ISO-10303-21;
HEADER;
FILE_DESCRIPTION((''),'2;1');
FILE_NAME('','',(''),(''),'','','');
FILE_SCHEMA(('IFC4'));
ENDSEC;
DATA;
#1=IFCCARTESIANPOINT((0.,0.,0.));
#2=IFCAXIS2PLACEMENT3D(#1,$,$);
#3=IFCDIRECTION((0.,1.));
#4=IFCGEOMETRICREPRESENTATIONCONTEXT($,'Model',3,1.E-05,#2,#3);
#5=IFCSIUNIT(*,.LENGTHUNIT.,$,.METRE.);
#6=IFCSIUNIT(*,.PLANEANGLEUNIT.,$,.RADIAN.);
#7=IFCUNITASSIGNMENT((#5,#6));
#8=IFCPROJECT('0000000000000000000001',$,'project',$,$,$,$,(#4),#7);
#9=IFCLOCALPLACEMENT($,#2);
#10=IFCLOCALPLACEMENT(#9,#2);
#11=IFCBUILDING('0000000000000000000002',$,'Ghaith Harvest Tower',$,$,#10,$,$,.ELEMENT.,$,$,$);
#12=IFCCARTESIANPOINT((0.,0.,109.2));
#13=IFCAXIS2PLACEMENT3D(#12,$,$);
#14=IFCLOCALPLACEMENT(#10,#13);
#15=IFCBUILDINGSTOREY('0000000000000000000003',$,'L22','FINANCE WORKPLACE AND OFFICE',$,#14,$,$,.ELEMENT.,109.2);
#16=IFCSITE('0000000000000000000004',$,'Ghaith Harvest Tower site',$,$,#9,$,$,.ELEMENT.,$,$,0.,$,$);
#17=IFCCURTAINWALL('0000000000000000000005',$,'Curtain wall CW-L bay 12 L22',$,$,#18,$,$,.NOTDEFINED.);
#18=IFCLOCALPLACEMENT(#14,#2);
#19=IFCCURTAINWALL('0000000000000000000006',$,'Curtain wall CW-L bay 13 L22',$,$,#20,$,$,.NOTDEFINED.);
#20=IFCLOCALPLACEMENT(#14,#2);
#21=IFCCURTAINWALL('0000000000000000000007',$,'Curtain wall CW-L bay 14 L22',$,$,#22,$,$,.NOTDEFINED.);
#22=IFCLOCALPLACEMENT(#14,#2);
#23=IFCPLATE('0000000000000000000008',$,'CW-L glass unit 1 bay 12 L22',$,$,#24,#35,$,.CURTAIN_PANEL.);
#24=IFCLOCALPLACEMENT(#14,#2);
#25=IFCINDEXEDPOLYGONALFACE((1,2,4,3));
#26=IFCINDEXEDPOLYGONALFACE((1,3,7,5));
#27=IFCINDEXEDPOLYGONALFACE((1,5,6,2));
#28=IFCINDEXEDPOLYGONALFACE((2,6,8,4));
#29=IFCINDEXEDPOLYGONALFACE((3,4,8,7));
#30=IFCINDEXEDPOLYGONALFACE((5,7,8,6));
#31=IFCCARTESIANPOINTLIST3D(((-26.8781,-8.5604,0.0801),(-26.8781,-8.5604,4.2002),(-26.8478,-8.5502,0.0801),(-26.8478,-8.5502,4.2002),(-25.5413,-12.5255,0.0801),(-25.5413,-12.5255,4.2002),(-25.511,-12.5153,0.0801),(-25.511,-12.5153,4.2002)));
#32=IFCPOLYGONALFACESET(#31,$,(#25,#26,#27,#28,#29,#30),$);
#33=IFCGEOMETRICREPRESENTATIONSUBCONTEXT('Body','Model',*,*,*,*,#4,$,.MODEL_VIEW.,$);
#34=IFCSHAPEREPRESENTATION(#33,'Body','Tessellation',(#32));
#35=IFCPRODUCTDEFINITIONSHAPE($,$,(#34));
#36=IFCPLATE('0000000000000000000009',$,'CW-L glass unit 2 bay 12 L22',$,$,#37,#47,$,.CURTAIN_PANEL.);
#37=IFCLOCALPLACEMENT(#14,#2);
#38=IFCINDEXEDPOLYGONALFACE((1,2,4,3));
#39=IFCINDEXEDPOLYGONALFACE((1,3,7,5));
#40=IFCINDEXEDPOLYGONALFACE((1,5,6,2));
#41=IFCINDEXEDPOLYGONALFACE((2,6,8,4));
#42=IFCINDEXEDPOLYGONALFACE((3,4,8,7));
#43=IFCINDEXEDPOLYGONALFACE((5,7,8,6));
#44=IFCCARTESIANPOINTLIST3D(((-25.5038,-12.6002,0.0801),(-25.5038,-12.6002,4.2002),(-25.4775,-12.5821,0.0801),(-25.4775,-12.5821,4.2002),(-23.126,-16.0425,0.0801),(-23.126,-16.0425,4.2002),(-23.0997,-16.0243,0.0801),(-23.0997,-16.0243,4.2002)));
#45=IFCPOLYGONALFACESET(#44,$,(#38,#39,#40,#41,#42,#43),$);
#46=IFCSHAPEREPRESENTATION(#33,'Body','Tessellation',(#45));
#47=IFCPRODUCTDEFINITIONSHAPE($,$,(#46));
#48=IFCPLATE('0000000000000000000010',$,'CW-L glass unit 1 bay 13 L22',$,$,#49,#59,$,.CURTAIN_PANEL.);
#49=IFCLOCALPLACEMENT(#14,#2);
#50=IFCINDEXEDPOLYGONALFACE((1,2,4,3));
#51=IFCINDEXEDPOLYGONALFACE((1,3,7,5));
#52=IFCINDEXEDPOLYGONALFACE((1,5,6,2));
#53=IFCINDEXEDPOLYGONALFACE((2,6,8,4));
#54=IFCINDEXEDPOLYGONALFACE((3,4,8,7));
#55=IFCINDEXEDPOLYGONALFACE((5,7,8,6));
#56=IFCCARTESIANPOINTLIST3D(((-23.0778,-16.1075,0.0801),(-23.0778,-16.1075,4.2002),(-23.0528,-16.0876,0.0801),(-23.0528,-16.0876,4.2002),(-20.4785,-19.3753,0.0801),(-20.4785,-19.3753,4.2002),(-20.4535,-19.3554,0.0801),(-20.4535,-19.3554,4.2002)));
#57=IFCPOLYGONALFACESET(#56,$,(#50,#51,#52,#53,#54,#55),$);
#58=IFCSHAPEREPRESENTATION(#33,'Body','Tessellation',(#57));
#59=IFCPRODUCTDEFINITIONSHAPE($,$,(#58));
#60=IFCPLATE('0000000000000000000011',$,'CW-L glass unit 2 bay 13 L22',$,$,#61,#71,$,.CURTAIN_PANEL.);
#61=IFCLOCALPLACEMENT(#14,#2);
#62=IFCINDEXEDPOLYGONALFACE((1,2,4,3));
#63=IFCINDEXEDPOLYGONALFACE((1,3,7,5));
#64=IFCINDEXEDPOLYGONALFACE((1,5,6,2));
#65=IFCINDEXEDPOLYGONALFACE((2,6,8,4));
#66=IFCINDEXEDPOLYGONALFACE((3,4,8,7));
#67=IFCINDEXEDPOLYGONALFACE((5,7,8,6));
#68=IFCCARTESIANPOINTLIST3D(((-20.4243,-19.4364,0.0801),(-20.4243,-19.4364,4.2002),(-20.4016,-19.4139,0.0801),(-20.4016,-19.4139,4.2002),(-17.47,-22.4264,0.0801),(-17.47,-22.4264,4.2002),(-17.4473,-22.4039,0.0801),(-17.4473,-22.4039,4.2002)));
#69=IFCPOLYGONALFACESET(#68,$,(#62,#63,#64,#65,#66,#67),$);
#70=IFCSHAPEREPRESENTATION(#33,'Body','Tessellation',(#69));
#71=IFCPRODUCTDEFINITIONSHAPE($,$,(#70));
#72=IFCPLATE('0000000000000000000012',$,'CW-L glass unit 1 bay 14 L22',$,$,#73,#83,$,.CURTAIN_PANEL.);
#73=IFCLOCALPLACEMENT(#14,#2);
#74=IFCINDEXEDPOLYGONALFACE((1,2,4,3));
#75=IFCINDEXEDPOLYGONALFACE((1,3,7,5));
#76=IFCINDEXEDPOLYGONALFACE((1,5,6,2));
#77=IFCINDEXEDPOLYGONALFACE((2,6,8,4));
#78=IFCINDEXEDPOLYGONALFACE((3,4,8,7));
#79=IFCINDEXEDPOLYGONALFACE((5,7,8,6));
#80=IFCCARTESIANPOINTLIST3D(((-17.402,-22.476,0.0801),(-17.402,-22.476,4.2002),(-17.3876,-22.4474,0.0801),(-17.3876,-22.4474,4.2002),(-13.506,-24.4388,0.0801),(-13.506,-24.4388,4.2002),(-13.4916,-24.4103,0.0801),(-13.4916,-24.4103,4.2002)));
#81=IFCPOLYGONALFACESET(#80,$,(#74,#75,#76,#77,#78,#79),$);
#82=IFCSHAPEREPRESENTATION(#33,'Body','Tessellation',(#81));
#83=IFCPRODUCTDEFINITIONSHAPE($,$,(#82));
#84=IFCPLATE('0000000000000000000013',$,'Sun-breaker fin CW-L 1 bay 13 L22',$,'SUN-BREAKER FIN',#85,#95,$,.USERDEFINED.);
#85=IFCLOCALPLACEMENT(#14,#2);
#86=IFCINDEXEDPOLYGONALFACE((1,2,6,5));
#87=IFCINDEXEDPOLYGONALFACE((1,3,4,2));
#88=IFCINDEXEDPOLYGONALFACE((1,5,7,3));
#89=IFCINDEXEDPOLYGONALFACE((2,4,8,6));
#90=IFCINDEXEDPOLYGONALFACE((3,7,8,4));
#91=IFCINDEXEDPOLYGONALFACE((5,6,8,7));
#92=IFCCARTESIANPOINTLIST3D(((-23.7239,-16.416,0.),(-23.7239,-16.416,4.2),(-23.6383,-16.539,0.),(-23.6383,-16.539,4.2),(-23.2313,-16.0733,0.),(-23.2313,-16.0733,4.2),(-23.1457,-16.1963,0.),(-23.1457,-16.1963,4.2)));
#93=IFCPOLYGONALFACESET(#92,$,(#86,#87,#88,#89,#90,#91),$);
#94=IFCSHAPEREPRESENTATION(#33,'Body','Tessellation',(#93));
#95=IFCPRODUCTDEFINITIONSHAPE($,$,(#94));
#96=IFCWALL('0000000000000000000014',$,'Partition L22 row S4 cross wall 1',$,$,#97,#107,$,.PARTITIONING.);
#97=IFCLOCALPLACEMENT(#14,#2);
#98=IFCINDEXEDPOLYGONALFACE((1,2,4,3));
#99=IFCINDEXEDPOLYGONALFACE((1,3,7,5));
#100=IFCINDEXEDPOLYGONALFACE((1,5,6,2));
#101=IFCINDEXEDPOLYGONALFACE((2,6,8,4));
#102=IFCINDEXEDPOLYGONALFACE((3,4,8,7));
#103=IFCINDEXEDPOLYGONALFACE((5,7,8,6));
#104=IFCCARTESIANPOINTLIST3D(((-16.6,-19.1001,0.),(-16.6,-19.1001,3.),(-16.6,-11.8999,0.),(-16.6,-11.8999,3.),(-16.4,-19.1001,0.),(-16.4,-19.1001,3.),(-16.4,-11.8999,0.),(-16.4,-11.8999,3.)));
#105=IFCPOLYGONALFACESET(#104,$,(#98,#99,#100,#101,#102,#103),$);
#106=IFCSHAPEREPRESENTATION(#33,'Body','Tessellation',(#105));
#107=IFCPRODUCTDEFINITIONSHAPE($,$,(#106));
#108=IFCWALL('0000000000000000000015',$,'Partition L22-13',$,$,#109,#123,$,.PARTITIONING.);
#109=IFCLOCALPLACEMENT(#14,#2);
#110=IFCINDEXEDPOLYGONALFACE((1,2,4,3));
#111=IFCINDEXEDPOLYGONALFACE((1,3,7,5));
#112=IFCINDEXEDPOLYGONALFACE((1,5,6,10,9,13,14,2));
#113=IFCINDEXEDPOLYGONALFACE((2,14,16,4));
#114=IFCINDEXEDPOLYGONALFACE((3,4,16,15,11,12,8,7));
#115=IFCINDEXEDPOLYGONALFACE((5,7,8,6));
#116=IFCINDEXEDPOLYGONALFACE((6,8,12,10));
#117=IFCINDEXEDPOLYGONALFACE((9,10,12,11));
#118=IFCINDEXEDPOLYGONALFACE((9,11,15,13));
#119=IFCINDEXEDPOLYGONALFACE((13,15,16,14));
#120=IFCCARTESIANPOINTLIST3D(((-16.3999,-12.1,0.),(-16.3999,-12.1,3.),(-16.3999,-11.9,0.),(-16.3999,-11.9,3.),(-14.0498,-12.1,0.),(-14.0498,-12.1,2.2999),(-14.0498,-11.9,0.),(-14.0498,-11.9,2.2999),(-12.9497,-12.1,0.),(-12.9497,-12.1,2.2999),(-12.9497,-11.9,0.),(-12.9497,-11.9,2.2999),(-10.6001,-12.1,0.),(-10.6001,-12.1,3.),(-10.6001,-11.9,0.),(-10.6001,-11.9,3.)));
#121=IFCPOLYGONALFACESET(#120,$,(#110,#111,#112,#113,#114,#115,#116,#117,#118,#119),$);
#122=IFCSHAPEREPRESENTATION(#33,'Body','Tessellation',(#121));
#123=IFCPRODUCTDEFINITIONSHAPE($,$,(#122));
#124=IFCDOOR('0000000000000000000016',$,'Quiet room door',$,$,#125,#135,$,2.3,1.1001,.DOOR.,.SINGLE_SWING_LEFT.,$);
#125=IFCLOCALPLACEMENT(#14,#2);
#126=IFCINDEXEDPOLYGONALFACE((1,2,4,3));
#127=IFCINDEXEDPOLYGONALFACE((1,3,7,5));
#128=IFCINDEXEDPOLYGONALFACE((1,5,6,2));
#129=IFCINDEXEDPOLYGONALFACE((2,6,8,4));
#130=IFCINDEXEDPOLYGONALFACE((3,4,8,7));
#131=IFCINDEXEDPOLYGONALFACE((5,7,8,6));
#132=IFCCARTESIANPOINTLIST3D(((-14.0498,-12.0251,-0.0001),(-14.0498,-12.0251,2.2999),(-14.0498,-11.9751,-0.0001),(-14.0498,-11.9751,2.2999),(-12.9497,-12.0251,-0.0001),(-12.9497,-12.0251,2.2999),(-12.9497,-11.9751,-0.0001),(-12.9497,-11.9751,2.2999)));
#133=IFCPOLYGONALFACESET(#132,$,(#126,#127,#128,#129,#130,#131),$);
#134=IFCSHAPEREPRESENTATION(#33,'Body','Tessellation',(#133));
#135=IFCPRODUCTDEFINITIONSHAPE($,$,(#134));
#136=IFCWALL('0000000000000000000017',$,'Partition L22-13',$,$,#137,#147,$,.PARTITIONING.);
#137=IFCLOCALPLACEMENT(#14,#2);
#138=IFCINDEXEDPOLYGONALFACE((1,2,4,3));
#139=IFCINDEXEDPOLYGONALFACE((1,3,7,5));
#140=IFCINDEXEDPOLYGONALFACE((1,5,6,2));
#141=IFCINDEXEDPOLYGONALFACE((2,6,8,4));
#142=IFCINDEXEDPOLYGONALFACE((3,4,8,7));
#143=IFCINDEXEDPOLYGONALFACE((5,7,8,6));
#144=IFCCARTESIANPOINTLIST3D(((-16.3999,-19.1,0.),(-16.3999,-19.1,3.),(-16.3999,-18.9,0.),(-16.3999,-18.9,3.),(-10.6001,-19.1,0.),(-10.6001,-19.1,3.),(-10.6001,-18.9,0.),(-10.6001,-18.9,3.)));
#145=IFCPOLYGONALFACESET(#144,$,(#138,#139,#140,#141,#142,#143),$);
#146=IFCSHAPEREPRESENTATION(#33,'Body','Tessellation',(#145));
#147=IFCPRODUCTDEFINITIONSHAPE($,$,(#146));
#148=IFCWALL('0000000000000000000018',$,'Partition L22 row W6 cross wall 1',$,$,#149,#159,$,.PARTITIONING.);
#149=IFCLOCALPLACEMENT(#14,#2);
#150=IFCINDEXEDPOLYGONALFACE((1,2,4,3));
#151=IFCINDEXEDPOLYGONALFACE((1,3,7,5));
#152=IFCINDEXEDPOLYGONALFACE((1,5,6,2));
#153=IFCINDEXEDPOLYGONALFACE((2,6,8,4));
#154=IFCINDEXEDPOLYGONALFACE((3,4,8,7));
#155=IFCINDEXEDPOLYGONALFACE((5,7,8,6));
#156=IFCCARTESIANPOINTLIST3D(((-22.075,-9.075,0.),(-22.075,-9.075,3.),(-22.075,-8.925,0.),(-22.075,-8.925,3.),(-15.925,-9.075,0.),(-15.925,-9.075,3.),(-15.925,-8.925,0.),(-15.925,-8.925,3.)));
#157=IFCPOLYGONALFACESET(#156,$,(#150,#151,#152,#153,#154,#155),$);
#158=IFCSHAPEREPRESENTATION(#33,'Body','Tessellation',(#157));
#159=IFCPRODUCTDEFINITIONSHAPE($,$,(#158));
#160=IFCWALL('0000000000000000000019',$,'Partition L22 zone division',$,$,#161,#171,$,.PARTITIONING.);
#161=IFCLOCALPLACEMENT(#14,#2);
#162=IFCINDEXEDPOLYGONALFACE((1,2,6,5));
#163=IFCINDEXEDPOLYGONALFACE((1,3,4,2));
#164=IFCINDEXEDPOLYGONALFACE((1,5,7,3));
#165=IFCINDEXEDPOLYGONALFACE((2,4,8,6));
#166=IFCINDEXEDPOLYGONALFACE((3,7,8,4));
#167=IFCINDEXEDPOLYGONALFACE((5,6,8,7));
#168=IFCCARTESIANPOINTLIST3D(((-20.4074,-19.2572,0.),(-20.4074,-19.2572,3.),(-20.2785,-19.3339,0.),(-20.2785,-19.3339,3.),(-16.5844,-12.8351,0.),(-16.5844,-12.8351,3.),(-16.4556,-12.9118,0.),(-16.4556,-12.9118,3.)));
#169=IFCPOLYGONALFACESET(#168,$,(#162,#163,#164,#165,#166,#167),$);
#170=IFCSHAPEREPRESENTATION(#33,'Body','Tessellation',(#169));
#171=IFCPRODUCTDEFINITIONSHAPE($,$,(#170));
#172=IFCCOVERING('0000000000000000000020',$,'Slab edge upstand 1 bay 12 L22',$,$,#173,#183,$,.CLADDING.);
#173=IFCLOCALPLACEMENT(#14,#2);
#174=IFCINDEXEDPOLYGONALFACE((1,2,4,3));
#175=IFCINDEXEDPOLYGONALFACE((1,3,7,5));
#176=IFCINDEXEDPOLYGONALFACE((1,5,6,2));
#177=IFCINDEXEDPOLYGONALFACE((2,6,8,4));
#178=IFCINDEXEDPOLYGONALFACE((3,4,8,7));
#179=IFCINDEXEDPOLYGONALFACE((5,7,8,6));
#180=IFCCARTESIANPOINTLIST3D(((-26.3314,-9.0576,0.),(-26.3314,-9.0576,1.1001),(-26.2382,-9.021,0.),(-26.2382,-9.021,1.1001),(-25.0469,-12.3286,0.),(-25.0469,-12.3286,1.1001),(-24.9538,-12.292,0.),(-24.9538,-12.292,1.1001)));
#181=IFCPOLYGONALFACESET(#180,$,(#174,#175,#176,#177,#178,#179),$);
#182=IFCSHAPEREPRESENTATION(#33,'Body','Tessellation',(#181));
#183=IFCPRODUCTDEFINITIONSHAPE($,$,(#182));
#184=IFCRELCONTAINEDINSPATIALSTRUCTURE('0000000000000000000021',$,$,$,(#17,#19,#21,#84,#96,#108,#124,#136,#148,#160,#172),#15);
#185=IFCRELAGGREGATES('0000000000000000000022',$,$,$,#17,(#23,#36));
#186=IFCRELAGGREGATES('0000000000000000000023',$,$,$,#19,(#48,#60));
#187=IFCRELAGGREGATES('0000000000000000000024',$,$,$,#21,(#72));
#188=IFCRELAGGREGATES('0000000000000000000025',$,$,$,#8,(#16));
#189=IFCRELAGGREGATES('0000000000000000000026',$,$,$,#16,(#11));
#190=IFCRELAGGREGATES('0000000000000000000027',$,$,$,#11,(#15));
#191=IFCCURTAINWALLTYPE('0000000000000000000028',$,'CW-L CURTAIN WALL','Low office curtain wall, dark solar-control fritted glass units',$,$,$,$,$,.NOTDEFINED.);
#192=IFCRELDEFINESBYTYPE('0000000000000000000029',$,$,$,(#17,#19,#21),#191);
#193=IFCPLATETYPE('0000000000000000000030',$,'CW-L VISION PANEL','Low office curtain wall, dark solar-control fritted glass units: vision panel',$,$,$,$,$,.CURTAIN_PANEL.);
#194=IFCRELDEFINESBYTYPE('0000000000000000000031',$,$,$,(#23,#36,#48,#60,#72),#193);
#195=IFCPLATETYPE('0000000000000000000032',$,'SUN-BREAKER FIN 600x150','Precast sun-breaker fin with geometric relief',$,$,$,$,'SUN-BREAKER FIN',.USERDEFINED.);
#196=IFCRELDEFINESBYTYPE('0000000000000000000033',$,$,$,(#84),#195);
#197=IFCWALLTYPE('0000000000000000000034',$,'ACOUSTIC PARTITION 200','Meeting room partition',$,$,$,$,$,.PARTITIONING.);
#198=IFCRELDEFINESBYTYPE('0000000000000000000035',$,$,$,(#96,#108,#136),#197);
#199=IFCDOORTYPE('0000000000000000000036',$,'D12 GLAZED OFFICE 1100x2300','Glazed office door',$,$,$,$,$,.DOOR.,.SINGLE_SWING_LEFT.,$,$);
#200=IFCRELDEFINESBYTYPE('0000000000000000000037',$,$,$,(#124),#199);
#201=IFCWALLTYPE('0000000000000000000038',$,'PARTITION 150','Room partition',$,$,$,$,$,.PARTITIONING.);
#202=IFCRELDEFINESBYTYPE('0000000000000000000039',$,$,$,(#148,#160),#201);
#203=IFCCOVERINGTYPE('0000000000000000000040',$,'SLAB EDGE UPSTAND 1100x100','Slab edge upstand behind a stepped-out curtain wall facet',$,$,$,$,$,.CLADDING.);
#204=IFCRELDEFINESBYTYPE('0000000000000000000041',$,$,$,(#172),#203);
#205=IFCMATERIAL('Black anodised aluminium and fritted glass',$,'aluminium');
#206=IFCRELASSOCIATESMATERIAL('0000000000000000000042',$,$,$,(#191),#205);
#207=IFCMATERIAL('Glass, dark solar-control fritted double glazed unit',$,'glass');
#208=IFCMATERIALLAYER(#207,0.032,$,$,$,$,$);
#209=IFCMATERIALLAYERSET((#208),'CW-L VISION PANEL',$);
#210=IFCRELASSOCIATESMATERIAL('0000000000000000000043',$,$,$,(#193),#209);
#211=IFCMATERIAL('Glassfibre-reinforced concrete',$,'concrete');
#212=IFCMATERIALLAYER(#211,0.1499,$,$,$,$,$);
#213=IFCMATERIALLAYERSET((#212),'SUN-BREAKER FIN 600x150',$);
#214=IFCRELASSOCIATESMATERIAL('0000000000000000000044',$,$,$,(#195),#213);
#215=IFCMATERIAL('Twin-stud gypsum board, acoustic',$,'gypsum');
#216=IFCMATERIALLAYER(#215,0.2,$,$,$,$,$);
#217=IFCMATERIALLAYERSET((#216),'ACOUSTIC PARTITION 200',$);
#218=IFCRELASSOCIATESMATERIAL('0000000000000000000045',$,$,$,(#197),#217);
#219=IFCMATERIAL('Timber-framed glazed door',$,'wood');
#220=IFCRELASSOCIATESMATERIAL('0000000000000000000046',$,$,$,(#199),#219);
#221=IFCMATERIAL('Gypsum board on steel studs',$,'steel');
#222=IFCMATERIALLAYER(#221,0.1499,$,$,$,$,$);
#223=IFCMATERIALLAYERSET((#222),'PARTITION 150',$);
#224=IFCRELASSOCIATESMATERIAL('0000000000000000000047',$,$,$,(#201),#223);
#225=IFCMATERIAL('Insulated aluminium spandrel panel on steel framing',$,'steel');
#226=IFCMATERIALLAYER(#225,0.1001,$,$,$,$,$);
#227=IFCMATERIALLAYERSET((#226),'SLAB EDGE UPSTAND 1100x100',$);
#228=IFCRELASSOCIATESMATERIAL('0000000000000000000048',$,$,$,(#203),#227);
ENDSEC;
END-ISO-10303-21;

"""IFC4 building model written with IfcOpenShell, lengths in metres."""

from ifc_helpers import new_model, si_unit, direction, frame, frame_2d, origin, origin_2d, place, context, subcontext, project, spatial, rectangle, extrude, material, layer, layer_set, type_object, element, fill, aggregate, save


model = new_model("IFC4")

# Units and contexts
model_context = context("Model", 3, precision=1e-05, world=origin(), true_north=direction((0.0, 1.0)))
body_context = subcontext(model_context, "Body", "Model", "MODEL_VIEW")
ifc_project = project(units=[si_unit("LENGTHUNIT", "METRE"), si_unit("PLANEANGLEUNIT", "RADIAN")], contexts=[model_context])

# Site, building, storey
site_placement = place(None, origin())
site = spatial("IfcSite", under=ifc_project, at=site_placement, Name="Ghaith Harvest Tower site", CompositionType="ELEMENT", RefElevation=0.0)
building_placement = place(site_placement, origin())
building = spatial("IfcBuilding", under=site, at=building_placement, Name="Ghaith Harvest Tower", CompositionType="ELEMENT")
storey_placement = place(building_placement, frame((0.0, 0.0, 109.2)))
storey = spatial("IfcBuildingStorey", under=building, at=storey_placement, Name="L22", Description="FINANCE WORKPLACE AND OFFICE", CompositionType="ELEMENT", Elevation=109.2)

# Curtain wall
ifc_material_1 = material(Name="Black anodised aluminium and fritted glass", Category="aluminium")
curtain_wall_type = type_object("IfcCurtainWallType", Name="CW-L CURTAIN WALL", Description="Low office curtain wall, dark solar-control fritted glass units", PredefinedType="NOTDEFINED", material=ifc_material_1)
curtain_wall_1_placement = place(storey_placement, origin())
curtain_wall_1 = element("IfcCurtainWall", 1, at=curtain_wall_1_placement, inside=storey, type_object=curtain_wall_type, Name="Curtain wall CW-L bay 12 L22", PredefinedType="NOTDEFINED")

# Curtain wall
curtain_wall_2_placement = place(storey_placement, origin())
curtain_wall_2 = element("IfcCurtainWall", 2, at=curtain_wall_2_placement, inside=storey, type_object=curtain_wall_type, Name="Curtain wall CW-L bay 13 L22", PredefinedType="NOTDEFINED")

# Curtain wall
curtain_wall_3_placement = place(storey_placement, origin())
curtain_wall_3 = element("IfcCurtainWall", 3, at=curtain_wall_3_placement, inside=storey, type_object=curtain_wall_type, Name="Curtain wall CW-L bay 14 L22", PredefinedType="NOTDEFINED")

# Plates
ifc_material_2 = material(Name="Glass, dark solar-control fritted double glazed unit", Category="glass")
ifc_layer_1 = layer(ifc_material_2, 0.032)
ifc_layer_set_1 = layer_set([ifc_layer_1], Name="CW-L VISION PANEL")
plate_type_1 = type_object("IfcPlateType", Name="CW-L VISION PANEL", Description="Low office curtain wall, dark solar-control fritted glass units: vision panel", PredefinedType="CURTAIN_PANEL", material=ifc_layer_set_1)
plate_1_placement = place(storey_placement, frame((-26.1946, -10.5378, 0.0801), z_axis=(0.0, 0.0, 1.0), x_axis=(0.319477, -0.947594, 0.0)))
plate_1 = element("IfcPlate", 4, at=plate_1_placement, type_object=plate_type_1, Name="CW-L glass unit 1 bay 12 L22", PredefinedType="CURTAIN_PANEL", context=body_context, shape_type="SweptSolid", body=[
    extrude(rectangle(XDim=4.1843, YDim=0.032, at=origin_2d()), origin(), (0.0, 0.0, 1.0), 4.1201),
])
plate_2_placement = place(storey_placement, frame((-24.3018, -14.3123, 0.0801), z_axis=(0.0, 0.0, 1.0), x_axis=(0.568348, -0.822788, 0.0)))
plate_2 = element("IfcPlate", 5, at=plate_2_placement, type_object=plate_type_1, Name="CW-L glass unit 2 bay 12 L22", PredefinedType="CURTAIN_PANEL", context=body_context, shape_type="SweptSolid", body=[
    extrude(rectangle(XDim=4.1836, YDim=0.032, at=origin_2d()), origin(), (0.0, 0.0, 1.0), 4.1201),
])
aggregate(curtain_wall_1, [plate_1, plate_2])
plate_3_placement = place(storey_placement, frame((-21.7656, -17.7314, 0.0801), z_axis=(0.0, 0.0, 1.0), x_axis=(0.622507, -0.782614, 0.0)))
plate_3 = element("IfcPlate", 6, at=plate_3_placement, type_object=plate_type_1, Name="CW-L glass unit 1 bay 13 L22", PredefinedType="CURTAIN_PANEL", context=body_context, shape_type="SweptSolid", body=[
    extrude(rectangle(XDim=4.1755, YDim=0.032, at=origin_2d()), origin(), (0.0, 0.0, 1.0), 4.1201),
])
plate_4_placement = place(storey_placement, frame((-18.9358, -20.9202, 0.0801), z_axis=(0.0, 0.0, 1.0), x_axis=(0.702843, -0.711345, 0.0)))
plate_4 = element("IfcPlate", 7, at=plate_4_placement, type_object=plate_type_1, Name="CW-L glass unit 2 bay 13 L22", PredefinedType="CURTAIN_PANEL", context=body_context, shape_type="SweptSolid", body=[
    extrude(rectangle(XDim=4.2034, YDim=0.032, at=origin_2d()), origin(), (0.0, 0.0, 1.0), 4.1201),
])
aggregate(curtain_wall_2, [plate_3, plate_4])
plate_5_placement = place(storey_placement, frame((-15.4468, -23.4431, 0.0801), z_axis=(0.0, 0.0, 1.0), x_axis=(0.893062, -0.449933, 0.0)))
plate_5 = element("IfcPlate", 8, at=plate_5_placement, type_object=plate_type_1, Name="CW-L glass unit 1 bay 14 L22", PredefinedType="CURTAIN_PANEL", context=body_context, shape_type="SweptSolid", body=[
    extrude(rectangle(XDim=4.3625, YDim=0.032, at=origin_2d()), origin(), (0.0, 0.0, 1.0), 4.1201),
])
aggregate(curtain_wall_3, [plate_5])
ifc_material_3 = material(Name="Glassfibre-reinforced concrete", Category="concrete")
ifc_layer_2 = layer(ifc_material_3, 0.1499)
ifc_layer_set_2 = layer_set([ifc_layer_2], Name="SUN-BREAKER FIN 600x150")
plate_type_2 = type_object("IfcPlateType", Name="SUN-BREAKER FIN 600x150", Description="Precast sun-breaker fin with geometric relief", ElementType="SUN-BREAKER FIN", PredefinedType="USERDEFINED", material=ifc_layer_set_2)
plate_6_placement = place(storey_placement, frame((-23.4348, -16.3062, 0.0), z_axis=(0.0, 0.0, 1.0), x_axis=(-0.820845, -0.57115, 0.0)))
element("IfcPlate", 9, at=plate_6_placement, inside=storey, type_object=plate_type_2, Name="Sun-breaker fin CW-L 1 bay 13 L22", ObjectType="SUN-BREAKER FIN", PredefinedType="USERDEFINED", context=body_context, shape_type="SweptSolid", body=[
    extrude(rectangle(XDim=0.6001, YDim=0.1499, at=origin_2d()), origin(), (0.0, 0.0, 1.0), 4.2),
])

# Wall
ifc_material_4 = material(Name="Twin-stud gypsum board, acoustic", Category="gypsum")
ifc_layer_3 = layer(ifc_material_4, 0.2)
ifc_layer_set_3 = layer_set([ifc_layer_3], Name="ACOUSTIC PARTITION 200")
wall_type_1 = type_object("IfcWallType", Name="ACOUSTIC PARTITION 200", Description="Meeting room partition", PredefinedType="PARTITIONING", material=ifc_layer_set_3)
wall_1_placement = place(storey_placement, frame((-16.5, -11.8999, 0.0), z_axis=(0.0, 0.0, 1.0), x_axis=(0.0, -1.0, 0.0)))
element("IfcWall", 10, at=wall_1_placement, inside=storey, type_object=wall_type_1, Name="Partition L22 row S4 cross wall 1", PredefinedType="PARTITIONING", context=body_context, shape_type="SweptSolid", body=[
    extrude(rectangle(XDim=7.2002, YDim=0.2, at=frame_2d((3.6001, 0.0))), origin(), (0.0, 0.0, 1.0), 3.0),
])

# Wall, opening, door
wall_2_placement = place(storey_placement, frame((-16.3999, -12.0, 0.0), z_axis=(0.0, 0.0, 1.0), x_axis=(1.0, 0.0, 0.0)))
wall_2 = element("IfcWall", 11, at=wall_2_placement, inside=storey, type_object=wall_type_1, Name="Partition L22-13", PredefinedType="PARTITIONING", context=body_context, shape_type="SweptSolid", body=[
    extrude(rectangle(XDim=5.7998, YDim=0.2, at=frame_2d((2.8999, 0.0))), origin(), (0.0, 0.0, 1.0), 3.0),
])
opening_1_placement = place(wall_2_placement, frame((2.3501, 0.0, 0.0)))
opening_1 = element("IfcOpeningElement", 12, at=opening_1_placement, cuts=wall_2, PredefinedType="OPENING", context=body_context, shape_type="SweptSolid", body=[
    extrude(rectangle(XDim=1.1001, YDim=2.3, at=frame_2d((0.55, 1.1499))), frame((0.0, 0.1099, 0.0), z_axis=(0.0, -1.0, 0.0), x_axis=(1.0, 0.0, 0.0)), (0.0, 0.0, 1.0), 0.22),
])
ifc_material_5 = material(Name="Timber-framed glazed door", Category="wood")
door_type_1 = type_object("IfcDoorType", Name="D12 GLAZED OFFICE 1100x2300", Description="Glazed office door", OperationType="SINGLE_SWING_LEFT", PredefinedType="DOOR", material=ifc_material_5)
door_1_placement = place(opening_1_placement, origin())
door_1 = element("IfcDoor", 13, at=door_1_placement, inside=storey, type_object=door_type_1, Name="Quiet room door", OperationType="SINGLE_SWING_LEFT", OverallHeight=2.3, OverallWidth=1.1001, PredefinedType="DOOR", context=body_context, shape_type="SweptSolid", body=[
    extrude(rectangle(XDim=1.1001, YDim=2.3, at=frame_2d((0.55, 1.1499))), frame((0.0, 0.0249, 0.0), z_axis=(0.0, -1.0, 0.0), x_axis=(1.0, 0.0, 0.0)), (0.0, 0.0, 1.0), 0.05),
])
fill(opening_1, door_1)

# Wall
wall_3_placement = place(storey_placement, frame((-16.3999, -19.0, 0.0), z_axis=(0.0, 0.0, 1.0), x_axis=(1.0, 0.0, 0.0)))
element("IfcWall", 14, at=wall_3_placement, inside=storey, type_object=wall_type_1, Name="Partition L22-13", PredefinedType="PARTITIONING", context=body_context, shape_type="SweptSolid", body=[
    extrude(rectangle(XDim=5.7998, YDim=0.2, at=frame_2d((2.8999, 0.0))), origin(), (0.0, 0.0, 1.0), 3.0),
])

# Walls
ifc_material_6 = material(Name="Gypsum board on steel studs", Category="steel")
ifc_layer_4 = layer(ifc_material_6, 0.1499)
ifc_layer_set_4 = layer_set([ifc_layer_4], Name="PARTITION 150")
wall_type_2 = type_object("IfcWallType", Name="PARTITION 150", Description="Room partition", PredefinedType="PARTITIONING", material=ifc_layer_set_4)
wall_4_placement = place(storey_placement, frame((-15.925, -9.0, 0.0), z_axis=(0.0, 0.0, 1.0), x_axis=(-1.0, 0.0, 0.0)))
element("IfcWall", 15, at=wall_4_placement, inside=storey, type_object=wall_type_2, Name="Partition L22 row W6 cross wall 1", PredefinedType="PARTITIONING", context=body_context, shape_type="SweptSolid", body=[
    extrude(rectangle(XDim=6.1499, YDim=0.1499, at=frame_2d((3.075, 0.0))), origin(), (0.0, 0.0, 1.0), 3.0),
])
wall_5_placement = place(storey_placement, frame((-16.52, -12.8735, 0.0), z_axis=(0.0, 0.0, 1.0), x_axis=(-0.511514, -0.859275, 0.0)))
element("IfcWall", 16, at=wall_5_placement, inside=storey, type_object=wall_type_2, Name="Partition L22 zone division", PredefinedType="PARTITIONING", context=body_context, shape_type="SweptSolid", body=[
    extrude(rectangle(XDim=7.4739, YDim=0.1499, at=frame_2d((3.7368, 0.0))), origin(), (0.0, 0.0, 1.0), 3.0),
])

# Covering
ifc_material_7 = material(Name="Insulated aluminium spandrel panel on steel framing", Category="steel")
ifc_layer_5 = layer(ifc_material_7, 0.1001)
ifc_layer_set_5 = layer_set([ifc_layer_5], Name="SLAB EDGE UPSTAND 1100x100")
covering_type = type_object("IfcCoveringType", Name="SLAB EDGE UPSTAND 1100x100", Description="Slab edge upstand behind a stepped-out curtain wall facet", PredefinedType="CLADDING", material=ifc_layer_set_5)
covering_1_placement = place(storey_placement, frame((-25.6426, -10.6748, 0.0), z_axis=(0.0, 0.0, 1.0), x_axis=(0.365515, -0.930805, 0.0)))
element("IfcCovering", 17, at=covering_1_placement, inside=storey, type_object=covering_type, Name="Slab edge upstand 1 bay 12 L22", PredefinedType="CLADDING", context=body_context, shape_type="SweptSolid", body=[
    extrude(rectangle(XDim=3.5142, YDim=0.1001, at=origin_2d()), origin(), (0.0, 0.0, 1.0), 1.1001),
])

save(model, "model.ifc")
